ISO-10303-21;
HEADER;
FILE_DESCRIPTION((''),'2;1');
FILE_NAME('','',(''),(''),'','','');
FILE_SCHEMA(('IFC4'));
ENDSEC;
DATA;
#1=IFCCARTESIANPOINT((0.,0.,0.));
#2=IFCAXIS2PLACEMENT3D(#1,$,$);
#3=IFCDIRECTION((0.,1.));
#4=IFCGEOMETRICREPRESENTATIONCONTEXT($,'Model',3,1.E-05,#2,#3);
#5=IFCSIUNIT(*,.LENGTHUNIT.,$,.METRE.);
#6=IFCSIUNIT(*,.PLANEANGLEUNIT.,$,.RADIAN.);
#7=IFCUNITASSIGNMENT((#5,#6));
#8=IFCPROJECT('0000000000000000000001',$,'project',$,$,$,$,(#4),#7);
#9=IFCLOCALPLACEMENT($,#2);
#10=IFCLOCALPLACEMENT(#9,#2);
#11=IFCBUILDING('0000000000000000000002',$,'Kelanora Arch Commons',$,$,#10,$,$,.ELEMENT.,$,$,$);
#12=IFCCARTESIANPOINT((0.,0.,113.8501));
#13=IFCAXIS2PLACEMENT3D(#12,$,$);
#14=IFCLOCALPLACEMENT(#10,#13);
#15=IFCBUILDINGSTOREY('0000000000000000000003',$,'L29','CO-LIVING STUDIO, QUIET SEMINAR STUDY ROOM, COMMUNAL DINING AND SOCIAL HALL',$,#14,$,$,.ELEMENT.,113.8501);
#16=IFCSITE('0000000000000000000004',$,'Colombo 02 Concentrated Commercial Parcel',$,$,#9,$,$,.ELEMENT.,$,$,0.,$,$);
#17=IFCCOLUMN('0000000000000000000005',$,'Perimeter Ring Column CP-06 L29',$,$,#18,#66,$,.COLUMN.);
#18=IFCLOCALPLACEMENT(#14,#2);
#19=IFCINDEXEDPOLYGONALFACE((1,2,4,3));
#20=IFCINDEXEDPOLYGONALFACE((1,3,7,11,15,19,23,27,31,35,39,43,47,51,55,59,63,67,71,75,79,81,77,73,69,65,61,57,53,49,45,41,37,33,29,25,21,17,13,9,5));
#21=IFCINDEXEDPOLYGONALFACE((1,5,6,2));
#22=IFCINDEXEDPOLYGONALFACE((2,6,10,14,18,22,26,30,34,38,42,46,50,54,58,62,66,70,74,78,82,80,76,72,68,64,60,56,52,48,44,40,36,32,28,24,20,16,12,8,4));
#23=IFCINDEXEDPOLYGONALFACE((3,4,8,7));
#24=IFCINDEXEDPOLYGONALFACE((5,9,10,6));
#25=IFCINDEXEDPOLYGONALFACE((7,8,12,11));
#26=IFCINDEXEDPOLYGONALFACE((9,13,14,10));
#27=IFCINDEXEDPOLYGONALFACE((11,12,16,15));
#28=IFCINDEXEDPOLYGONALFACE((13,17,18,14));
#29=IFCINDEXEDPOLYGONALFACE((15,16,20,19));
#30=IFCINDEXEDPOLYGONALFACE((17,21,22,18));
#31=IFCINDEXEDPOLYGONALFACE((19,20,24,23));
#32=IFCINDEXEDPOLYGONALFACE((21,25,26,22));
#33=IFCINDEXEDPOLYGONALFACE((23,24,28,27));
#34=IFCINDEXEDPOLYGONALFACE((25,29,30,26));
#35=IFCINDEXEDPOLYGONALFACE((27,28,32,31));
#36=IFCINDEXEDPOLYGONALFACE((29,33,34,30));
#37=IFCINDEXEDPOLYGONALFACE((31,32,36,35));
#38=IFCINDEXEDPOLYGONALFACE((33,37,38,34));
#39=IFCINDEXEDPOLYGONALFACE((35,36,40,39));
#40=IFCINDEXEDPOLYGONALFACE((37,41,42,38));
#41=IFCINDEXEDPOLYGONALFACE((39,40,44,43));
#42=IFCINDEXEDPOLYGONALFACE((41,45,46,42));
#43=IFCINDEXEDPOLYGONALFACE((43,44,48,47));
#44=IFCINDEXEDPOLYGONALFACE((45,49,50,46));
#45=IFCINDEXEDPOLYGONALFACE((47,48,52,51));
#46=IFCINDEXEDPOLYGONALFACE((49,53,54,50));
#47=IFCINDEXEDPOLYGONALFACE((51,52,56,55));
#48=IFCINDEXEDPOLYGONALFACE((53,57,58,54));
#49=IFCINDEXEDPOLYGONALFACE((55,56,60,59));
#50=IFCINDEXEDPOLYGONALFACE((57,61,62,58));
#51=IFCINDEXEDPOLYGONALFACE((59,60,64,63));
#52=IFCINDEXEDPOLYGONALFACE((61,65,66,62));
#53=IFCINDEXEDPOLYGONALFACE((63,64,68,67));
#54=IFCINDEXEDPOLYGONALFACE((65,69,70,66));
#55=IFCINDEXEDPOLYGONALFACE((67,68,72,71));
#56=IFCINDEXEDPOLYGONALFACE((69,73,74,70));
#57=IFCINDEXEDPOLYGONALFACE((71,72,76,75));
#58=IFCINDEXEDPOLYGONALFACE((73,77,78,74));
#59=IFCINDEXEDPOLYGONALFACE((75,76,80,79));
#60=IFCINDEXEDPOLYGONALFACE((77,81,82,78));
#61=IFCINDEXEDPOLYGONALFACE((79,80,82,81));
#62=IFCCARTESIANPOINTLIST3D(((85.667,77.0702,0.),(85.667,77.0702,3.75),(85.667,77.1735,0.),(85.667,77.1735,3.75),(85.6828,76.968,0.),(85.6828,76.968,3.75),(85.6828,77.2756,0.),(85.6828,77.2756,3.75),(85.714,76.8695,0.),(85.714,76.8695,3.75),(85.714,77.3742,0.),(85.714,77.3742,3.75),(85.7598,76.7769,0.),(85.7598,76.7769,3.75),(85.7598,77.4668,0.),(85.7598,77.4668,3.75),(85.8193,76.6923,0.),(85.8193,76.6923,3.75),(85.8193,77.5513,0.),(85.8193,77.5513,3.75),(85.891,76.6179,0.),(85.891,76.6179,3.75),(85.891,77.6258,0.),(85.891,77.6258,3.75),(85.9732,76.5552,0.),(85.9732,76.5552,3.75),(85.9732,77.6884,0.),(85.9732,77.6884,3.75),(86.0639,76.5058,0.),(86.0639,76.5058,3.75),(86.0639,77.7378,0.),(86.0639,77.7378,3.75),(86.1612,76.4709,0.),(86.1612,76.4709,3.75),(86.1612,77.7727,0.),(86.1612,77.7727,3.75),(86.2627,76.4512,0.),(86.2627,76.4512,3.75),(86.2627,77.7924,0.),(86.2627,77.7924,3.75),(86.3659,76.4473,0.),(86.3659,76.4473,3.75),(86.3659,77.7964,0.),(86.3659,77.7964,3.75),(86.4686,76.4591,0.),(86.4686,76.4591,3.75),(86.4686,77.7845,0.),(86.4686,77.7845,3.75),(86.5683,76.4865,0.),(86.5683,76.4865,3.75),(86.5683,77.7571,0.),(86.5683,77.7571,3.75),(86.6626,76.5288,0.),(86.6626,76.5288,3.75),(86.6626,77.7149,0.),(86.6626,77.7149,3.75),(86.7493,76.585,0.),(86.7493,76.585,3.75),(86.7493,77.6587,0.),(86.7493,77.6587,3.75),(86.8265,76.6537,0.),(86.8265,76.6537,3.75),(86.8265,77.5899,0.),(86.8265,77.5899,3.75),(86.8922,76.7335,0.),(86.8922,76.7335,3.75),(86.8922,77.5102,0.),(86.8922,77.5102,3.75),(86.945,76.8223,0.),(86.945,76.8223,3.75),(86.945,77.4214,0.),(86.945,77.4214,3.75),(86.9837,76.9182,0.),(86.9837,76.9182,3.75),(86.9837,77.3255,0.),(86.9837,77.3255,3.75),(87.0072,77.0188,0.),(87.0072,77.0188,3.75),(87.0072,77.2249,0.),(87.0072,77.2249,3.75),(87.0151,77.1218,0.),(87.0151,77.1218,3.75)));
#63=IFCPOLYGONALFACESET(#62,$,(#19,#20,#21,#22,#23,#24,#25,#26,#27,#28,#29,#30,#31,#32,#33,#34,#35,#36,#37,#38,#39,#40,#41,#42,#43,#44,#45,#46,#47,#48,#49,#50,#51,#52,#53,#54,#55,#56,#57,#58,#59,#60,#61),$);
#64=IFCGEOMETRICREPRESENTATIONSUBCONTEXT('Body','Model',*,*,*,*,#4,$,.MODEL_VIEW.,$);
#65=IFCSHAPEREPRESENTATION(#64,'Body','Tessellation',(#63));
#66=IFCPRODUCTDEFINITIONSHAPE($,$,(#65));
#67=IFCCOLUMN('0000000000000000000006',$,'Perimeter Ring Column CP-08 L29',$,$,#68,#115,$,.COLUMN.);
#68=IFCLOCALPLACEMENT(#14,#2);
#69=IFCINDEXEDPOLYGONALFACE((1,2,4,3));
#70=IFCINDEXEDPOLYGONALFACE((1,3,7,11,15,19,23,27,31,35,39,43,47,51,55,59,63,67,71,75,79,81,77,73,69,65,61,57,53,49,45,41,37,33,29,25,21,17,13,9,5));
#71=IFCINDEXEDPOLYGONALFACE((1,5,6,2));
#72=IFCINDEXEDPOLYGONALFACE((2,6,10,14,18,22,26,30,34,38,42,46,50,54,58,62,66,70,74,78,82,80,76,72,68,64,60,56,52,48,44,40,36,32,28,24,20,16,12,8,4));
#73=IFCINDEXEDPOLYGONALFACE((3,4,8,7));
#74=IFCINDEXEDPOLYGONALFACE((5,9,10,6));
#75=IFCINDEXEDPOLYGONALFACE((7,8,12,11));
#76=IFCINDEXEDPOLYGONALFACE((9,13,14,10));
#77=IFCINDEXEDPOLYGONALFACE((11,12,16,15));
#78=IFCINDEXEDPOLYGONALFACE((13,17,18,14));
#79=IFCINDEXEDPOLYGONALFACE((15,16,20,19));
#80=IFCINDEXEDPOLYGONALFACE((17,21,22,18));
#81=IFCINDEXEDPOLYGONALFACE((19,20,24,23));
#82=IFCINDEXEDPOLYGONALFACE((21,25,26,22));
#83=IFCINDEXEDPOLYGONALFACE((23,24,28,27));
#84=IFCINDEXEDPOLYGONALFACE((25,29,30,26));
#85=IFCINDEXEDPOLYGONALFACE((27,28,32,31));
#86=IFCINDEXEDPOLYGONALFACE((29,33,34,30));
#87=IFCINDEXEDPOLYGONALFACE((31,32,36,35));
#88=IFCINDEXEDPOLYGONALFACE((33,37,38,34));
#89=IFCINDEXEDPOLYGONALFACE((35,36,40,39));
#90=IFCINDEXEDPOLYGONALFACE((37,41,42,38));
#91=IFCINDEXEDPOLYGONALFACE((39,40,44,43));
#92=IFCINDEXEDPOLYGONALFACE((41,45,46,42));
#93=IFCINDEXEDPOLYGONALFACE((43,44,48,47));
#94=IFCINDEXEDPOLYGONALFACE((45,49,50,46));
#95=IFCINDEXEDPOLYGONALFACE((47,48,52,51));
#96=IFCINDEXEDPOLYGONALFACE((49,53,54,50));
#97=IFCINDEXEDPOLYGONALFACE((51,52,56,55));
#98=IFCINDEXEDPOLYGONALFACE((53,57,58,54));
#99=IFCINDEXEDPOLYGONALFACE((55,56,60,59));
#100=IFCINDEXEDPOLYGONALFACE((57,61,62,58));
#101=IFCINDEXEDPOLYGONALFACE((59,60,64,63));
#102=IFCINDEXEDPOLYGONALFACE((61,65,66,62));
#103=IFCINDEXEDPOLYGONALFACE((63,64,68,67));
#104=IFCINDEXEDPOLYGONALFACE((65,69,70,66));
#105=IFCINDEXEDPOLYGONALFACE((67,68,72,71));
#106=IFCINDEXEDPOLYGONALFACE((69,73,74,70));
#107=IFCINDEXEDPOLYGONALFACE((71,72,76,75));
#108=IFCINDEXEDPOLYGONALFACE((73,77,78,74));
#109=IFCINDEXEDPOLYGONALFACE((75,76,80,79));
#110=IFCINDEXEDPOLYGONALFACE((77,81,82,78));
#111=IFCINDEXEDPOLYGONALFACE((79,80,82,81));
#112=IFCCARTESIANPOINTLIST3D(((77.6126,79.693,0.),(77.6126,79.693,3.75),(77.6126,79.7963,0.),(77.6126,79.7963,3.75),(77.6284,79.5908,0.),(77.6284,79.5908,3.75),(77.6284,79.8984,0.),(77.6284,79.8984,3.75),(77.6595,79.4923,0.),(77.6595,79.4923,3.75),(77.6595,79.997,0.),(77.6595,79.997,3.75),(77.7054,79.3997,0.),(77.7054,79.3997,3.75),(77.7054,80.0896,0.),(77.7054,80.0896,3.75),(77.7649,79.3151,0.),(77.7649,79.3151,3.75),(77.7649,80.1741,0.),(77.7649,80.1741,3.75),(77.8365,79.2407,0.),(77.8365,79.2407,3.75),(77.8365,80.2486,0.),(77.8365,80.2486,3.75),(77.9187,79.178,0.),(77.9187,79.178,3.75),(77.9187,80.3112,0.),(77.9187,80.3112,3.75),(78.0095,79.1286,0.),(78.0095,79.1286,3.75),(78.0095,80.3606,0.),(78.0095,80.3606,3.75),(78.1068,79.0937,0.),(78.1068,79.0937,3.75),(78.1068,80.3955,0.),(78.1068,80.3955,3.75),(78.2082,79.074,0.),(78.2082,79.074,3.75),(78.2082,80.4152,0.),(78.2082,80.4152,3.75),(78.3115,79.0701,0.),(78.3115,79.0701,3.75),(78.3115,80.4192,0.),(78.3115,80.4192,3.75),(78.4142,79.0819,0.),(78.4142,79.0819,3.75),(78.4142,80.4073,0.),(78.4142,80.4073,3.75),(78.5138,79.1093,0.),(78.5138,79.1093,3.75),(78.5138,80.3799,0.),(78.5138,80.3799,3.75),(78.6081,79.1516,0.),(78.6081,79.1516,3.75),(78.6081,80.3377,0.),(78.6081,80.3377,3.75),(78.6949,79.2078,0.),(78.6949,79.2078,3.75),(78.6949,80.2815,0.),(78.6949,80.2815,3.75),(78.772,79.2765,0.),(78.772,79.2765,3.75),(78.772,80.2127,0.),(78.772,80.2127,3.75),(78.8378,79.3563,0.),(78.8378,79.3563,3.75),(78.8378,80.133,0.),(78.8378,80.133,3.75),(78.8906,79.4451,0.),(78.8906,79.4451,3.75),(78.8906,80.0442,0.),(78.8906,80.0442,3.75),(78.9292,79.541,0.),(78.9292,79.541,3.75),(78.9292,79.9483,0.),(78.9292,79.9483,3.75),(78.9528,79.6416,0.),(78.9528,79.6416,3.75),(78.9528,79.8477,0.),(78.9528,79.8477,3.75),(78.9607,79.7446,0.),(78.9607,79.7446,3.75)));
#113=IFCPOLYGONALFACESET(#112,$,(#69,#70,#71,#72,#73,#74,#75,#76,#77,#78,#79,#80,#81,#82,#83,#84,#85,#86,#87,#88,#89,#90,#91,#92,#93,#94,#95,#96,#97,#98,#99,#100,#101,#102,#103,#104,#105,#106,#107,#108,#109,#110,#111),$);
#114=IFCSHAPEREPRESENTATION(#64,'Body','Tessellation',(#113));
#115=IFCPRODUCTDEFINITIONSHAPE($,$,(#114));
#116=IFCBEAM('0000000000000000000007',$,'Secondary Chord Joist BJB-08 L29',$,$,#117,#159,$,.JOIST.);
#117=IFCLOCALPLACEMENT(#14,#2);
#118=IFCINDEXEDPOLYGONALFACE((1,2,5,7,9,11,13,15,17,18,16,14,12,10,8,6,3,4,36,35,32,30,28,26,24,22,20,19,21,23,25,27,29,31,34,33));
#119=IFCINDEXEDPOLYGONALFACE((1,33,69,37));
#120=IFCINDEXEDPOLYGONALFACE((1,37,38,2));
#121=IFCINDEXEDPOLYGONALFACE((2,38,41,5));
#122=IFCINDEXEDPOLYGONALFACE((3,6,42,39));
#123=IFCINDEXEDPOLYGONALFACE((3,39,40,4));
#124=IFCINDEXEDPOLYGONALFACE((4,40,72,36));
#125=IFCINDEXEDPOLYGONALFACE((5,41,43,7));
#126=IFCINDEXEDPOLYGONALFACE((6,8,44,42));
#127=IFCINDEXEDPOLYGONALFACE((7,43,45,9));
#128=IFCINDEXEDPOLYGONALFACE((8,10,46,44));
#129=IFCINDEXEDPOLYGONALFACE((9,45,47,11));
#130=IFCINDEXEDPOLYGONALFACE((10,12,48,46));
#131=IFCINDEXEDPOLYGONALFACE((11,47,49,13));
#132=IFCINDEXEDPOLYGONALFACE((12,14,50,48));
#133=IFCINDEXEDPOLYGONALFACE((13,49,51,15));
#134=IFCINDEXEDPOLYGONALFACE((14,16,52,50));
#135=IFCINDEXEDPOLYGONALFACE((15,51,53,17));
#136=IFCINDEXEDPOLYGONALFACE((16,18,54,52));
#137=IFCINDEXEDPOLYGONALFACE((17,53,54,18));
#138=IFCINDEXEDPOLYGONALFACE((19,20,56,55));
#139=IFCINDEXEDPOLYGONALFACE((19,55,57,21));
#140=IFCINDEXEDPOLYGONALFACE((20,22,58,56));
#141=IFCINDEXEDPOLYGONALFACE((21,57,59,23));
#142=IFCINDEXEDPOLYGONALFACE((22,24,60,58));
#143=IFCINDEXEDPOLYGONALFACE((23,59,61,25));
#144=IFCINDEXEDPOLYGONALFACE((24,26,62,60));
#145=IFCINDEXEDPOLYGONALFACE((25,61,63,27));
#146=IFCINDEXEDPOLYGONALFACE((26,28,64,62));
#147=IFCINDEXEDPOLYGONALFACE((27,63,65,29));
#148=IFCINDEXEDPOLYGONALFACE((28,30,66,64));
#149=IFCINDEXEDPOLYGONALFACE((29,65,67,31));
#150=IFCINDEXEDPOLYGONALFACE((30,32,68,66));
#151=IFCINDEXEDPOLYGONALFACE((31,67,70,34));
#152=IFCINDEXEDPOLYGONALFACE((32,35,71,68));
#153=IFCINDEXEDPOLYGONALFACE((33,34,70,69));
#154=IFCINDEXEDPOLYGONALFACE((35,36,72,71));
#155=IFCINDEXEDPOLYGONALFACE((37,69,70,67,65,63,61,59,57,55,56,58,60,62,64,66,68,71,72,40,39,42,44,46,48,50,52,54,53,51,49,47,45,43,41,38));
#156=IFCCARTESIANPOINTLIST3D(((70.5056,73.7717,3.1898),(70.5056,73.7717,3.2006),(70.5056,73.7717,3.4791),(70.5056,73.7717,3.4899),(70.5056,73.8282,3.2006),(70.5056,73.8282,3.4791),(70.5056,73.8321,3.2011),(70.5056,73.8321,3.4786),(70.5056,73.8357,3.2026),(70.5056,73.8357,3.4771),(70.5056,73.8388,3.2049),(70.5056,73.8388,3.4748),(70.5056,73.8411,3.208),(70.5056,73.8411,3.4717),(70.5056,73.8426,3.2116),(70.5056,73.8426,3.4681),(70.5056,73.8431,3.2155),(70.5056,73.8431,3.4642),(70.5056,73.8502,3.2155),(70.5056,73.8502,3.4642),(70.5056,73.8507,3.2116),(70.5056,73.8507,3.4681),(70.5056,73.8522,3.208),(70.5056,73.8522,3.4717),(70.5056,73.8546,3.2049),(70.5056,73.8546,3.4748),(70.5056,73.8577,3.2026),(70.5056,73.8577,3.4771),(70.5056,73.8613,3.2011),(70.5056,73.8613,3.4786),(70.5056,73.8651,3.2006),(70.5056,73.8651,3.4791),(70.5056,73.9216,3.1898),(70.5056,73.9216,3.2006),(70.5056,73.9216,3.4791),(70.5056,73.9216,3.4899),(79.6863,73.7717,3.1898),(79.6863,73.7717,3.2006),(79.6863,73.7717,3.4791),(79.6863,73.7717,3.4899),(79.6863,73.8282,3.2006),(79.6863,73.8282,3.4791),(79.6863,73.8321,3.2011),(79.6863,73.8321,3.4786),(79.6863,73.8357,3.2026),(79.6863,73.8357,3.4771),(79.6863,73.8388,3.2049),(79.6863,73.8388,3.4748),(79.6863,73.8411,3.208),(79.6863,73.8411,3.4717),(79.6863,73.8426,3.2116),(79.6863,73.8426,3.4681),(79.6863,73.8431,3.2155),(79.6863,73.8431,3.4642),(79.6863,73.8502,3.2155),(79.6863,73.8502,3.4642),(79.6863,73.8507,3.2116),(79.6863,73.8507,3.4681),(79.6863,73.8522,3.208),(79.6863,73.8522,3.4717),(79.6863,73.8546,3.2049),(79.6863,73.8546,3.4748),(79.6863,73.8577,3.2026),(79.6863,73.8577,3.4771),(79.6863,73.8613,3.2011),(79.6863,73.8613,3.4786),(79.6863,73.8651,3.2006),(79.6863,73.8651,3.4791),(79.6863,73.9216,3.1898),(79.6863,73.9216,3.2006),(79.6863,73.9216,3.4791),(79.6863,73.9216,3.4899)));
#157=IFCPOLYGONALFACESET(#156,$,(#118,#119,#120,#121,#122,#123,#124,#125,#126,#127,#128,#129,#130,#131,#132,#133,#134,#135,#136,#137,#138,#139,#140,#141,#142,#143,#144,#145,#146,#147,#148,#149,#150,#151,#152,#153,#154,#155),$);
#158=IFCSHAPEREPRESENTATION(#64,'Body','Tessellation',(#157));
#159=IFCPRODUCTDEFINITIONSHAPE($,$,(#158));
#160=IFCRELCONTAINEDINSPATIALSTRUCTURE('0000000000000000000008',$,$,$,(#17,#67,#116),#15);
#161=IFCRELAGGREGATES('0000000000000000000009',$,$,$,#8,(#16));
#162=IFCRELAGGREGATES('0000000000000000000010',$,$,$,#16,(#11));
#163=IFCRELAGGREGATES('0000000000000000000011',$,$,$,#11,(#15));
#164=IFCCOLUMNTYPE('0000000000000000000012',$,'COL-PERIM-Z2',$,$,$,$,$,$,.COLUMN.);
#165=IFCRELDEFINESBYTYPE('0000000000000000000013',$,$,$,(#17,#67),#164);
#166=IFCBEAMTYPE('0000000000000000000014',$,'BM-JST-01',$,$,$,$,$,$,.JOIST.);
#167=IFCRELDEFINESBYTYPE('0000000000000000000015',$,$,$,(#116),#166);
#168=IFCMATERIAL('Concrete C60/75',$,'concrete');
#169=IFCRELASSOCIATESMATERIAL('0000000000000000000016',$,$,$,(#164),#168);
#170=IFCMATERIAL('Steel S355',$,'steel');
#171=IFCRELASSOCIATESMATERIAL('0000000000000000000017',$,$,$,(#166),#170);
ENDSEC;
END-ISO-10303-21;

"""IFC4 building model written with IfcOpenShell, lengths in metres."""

from ifc_helpers import new_model, si_unit, direction, frame, origin, origin_2d, place, context, subcontext, project, spatial, circle, i_section, extrude, material, material_profile, profile_set, type_object, element, save


model = new_model("IFC4")

# Units and contexts
model_context = context("Model", 3, precision=1e-05, world=origin(), true_north=direction((0.0, 1.0)))
body_context = subcontext(model_context, "Body", "Model", "MODEL_VIEW")
ifc_project = project(units=[si_unit("LENGTHUNIT", "METRE"), si_unit("PLANEANGLEUNIT", "RADIAN")], contexts=[model_context])

# Site, building, storey
site_placement = place(None, origin())
site = spatial("IfcSite", under=ifc_project, at=site_placement, Name="Colombo 02 Concentrated Commercial Parcel", CompositionType="ELEMENT", RefElevation=0.0)
building_placement = place(site_placement, origin())
building = spatial("IfcBuilding", under=site, at=building_placement, Name="Kelanora Arch Commons", CompositionType="ELEMENT")
storey_placement = place(building_placement, frame((0.0, 0.0, 113.8501)))
storey = spatial("IfcBuildingStorey", under=building, at=storey_placement, Name="L29", Description="CO-LIVING STUDIO, QUIET SEMINAR STUDY ROOM, COMMUNAL DINING AND SOCIAL HALL", CompositionType="ELEMENT", Elevation=113.8501)

# Columns
ifc_material_1 = material(Name="Concrete C60/75", Category="concrete")
ifc_material_profile_1 = material_profile(ifc_material_1, circle(Radius=0.675, at=origin_2d()), Name="RCC1350")
ifc_profile_set_1 = profile_set([ifc_material_profile_1], Name="Concrete C60/75")
column_type = type_object("IfcColumnType", Name="COL-PERIM-Z2", PredefinedType="COLUMN", material=ifc_profile_set_1)
for number, where, z_axis, x_axis, name in (
    (1, (86.3401, 77.1218, 0.0), (0.0, 0.0, 1.0), (1.0, 0.0, 0.0), "Perimeter Ring Column CP-06 L29"),
    (2, (78.2856, 79.7446, 0.0), (0.0, 0.0, 1.0), (1.0, 0.0, 0.0), "Perimeter Ring Column CP-08 L29"),
):
    element("IfcColumn", number, at=place(storey_placement, frame(where, z_axis=z_axis, x_axis=x_axis)), inside=storey, type_object=column_type, Name=name, PredefinedType="COLUMN", context=body_context, shape_type="SweptSolid", body=[
        extrude(circle(Radius=0.675, at=origin_2d()), origin(), (0.0, 0.0, 1.0), 3.75),
    ])

# Beam
ifc_material_2 = material(Name="Steel S355", Category="steel")
ifc_material_profile_2 = material_profile(ifc_material_2, i_section(OverallWidth=0.1499, OverallDepth=0.3, WebThickness=0.0071, FlangeThickness=0.0107, FilletRadius=0.0149, at=origin_2d()), Name="IPE300")
ifc_profile_set_2 = profile_set([ifc_material_profile_2], Name="Steel S355")
beam_type_1 = type_object("IfcBeamType", Name="BM-JST-01", PredefinedType="JOIST", material=ifc_profile_set_2)
beam_1_placement = place(storey_placement, frame((79.6863, 73.8467, 3.3398), z_axis=(-1.0, 0.0, 0.0), x_axis=(0.0, -1.0, 0.0)))
element("IfcBeam", 3, at=beam_1_placement, inside=storey, type_object=beam_type_1, Name="Secondary Chord Joist BJB-08 L29", PredefinedType="JOIST", context=body_context, shape_type="SweptSolid", body=[
    extrude(i_section(OverallWidth=0.1499, OverallDepth=0.3, WebThickness=0.0071, FlangeThickness=0.0107, FilletRadius=0.0149, at=origin_2d()), origin(), (0.0, 0.0, 1.0), 9.1807),
])

save(model, "model.ifc")
